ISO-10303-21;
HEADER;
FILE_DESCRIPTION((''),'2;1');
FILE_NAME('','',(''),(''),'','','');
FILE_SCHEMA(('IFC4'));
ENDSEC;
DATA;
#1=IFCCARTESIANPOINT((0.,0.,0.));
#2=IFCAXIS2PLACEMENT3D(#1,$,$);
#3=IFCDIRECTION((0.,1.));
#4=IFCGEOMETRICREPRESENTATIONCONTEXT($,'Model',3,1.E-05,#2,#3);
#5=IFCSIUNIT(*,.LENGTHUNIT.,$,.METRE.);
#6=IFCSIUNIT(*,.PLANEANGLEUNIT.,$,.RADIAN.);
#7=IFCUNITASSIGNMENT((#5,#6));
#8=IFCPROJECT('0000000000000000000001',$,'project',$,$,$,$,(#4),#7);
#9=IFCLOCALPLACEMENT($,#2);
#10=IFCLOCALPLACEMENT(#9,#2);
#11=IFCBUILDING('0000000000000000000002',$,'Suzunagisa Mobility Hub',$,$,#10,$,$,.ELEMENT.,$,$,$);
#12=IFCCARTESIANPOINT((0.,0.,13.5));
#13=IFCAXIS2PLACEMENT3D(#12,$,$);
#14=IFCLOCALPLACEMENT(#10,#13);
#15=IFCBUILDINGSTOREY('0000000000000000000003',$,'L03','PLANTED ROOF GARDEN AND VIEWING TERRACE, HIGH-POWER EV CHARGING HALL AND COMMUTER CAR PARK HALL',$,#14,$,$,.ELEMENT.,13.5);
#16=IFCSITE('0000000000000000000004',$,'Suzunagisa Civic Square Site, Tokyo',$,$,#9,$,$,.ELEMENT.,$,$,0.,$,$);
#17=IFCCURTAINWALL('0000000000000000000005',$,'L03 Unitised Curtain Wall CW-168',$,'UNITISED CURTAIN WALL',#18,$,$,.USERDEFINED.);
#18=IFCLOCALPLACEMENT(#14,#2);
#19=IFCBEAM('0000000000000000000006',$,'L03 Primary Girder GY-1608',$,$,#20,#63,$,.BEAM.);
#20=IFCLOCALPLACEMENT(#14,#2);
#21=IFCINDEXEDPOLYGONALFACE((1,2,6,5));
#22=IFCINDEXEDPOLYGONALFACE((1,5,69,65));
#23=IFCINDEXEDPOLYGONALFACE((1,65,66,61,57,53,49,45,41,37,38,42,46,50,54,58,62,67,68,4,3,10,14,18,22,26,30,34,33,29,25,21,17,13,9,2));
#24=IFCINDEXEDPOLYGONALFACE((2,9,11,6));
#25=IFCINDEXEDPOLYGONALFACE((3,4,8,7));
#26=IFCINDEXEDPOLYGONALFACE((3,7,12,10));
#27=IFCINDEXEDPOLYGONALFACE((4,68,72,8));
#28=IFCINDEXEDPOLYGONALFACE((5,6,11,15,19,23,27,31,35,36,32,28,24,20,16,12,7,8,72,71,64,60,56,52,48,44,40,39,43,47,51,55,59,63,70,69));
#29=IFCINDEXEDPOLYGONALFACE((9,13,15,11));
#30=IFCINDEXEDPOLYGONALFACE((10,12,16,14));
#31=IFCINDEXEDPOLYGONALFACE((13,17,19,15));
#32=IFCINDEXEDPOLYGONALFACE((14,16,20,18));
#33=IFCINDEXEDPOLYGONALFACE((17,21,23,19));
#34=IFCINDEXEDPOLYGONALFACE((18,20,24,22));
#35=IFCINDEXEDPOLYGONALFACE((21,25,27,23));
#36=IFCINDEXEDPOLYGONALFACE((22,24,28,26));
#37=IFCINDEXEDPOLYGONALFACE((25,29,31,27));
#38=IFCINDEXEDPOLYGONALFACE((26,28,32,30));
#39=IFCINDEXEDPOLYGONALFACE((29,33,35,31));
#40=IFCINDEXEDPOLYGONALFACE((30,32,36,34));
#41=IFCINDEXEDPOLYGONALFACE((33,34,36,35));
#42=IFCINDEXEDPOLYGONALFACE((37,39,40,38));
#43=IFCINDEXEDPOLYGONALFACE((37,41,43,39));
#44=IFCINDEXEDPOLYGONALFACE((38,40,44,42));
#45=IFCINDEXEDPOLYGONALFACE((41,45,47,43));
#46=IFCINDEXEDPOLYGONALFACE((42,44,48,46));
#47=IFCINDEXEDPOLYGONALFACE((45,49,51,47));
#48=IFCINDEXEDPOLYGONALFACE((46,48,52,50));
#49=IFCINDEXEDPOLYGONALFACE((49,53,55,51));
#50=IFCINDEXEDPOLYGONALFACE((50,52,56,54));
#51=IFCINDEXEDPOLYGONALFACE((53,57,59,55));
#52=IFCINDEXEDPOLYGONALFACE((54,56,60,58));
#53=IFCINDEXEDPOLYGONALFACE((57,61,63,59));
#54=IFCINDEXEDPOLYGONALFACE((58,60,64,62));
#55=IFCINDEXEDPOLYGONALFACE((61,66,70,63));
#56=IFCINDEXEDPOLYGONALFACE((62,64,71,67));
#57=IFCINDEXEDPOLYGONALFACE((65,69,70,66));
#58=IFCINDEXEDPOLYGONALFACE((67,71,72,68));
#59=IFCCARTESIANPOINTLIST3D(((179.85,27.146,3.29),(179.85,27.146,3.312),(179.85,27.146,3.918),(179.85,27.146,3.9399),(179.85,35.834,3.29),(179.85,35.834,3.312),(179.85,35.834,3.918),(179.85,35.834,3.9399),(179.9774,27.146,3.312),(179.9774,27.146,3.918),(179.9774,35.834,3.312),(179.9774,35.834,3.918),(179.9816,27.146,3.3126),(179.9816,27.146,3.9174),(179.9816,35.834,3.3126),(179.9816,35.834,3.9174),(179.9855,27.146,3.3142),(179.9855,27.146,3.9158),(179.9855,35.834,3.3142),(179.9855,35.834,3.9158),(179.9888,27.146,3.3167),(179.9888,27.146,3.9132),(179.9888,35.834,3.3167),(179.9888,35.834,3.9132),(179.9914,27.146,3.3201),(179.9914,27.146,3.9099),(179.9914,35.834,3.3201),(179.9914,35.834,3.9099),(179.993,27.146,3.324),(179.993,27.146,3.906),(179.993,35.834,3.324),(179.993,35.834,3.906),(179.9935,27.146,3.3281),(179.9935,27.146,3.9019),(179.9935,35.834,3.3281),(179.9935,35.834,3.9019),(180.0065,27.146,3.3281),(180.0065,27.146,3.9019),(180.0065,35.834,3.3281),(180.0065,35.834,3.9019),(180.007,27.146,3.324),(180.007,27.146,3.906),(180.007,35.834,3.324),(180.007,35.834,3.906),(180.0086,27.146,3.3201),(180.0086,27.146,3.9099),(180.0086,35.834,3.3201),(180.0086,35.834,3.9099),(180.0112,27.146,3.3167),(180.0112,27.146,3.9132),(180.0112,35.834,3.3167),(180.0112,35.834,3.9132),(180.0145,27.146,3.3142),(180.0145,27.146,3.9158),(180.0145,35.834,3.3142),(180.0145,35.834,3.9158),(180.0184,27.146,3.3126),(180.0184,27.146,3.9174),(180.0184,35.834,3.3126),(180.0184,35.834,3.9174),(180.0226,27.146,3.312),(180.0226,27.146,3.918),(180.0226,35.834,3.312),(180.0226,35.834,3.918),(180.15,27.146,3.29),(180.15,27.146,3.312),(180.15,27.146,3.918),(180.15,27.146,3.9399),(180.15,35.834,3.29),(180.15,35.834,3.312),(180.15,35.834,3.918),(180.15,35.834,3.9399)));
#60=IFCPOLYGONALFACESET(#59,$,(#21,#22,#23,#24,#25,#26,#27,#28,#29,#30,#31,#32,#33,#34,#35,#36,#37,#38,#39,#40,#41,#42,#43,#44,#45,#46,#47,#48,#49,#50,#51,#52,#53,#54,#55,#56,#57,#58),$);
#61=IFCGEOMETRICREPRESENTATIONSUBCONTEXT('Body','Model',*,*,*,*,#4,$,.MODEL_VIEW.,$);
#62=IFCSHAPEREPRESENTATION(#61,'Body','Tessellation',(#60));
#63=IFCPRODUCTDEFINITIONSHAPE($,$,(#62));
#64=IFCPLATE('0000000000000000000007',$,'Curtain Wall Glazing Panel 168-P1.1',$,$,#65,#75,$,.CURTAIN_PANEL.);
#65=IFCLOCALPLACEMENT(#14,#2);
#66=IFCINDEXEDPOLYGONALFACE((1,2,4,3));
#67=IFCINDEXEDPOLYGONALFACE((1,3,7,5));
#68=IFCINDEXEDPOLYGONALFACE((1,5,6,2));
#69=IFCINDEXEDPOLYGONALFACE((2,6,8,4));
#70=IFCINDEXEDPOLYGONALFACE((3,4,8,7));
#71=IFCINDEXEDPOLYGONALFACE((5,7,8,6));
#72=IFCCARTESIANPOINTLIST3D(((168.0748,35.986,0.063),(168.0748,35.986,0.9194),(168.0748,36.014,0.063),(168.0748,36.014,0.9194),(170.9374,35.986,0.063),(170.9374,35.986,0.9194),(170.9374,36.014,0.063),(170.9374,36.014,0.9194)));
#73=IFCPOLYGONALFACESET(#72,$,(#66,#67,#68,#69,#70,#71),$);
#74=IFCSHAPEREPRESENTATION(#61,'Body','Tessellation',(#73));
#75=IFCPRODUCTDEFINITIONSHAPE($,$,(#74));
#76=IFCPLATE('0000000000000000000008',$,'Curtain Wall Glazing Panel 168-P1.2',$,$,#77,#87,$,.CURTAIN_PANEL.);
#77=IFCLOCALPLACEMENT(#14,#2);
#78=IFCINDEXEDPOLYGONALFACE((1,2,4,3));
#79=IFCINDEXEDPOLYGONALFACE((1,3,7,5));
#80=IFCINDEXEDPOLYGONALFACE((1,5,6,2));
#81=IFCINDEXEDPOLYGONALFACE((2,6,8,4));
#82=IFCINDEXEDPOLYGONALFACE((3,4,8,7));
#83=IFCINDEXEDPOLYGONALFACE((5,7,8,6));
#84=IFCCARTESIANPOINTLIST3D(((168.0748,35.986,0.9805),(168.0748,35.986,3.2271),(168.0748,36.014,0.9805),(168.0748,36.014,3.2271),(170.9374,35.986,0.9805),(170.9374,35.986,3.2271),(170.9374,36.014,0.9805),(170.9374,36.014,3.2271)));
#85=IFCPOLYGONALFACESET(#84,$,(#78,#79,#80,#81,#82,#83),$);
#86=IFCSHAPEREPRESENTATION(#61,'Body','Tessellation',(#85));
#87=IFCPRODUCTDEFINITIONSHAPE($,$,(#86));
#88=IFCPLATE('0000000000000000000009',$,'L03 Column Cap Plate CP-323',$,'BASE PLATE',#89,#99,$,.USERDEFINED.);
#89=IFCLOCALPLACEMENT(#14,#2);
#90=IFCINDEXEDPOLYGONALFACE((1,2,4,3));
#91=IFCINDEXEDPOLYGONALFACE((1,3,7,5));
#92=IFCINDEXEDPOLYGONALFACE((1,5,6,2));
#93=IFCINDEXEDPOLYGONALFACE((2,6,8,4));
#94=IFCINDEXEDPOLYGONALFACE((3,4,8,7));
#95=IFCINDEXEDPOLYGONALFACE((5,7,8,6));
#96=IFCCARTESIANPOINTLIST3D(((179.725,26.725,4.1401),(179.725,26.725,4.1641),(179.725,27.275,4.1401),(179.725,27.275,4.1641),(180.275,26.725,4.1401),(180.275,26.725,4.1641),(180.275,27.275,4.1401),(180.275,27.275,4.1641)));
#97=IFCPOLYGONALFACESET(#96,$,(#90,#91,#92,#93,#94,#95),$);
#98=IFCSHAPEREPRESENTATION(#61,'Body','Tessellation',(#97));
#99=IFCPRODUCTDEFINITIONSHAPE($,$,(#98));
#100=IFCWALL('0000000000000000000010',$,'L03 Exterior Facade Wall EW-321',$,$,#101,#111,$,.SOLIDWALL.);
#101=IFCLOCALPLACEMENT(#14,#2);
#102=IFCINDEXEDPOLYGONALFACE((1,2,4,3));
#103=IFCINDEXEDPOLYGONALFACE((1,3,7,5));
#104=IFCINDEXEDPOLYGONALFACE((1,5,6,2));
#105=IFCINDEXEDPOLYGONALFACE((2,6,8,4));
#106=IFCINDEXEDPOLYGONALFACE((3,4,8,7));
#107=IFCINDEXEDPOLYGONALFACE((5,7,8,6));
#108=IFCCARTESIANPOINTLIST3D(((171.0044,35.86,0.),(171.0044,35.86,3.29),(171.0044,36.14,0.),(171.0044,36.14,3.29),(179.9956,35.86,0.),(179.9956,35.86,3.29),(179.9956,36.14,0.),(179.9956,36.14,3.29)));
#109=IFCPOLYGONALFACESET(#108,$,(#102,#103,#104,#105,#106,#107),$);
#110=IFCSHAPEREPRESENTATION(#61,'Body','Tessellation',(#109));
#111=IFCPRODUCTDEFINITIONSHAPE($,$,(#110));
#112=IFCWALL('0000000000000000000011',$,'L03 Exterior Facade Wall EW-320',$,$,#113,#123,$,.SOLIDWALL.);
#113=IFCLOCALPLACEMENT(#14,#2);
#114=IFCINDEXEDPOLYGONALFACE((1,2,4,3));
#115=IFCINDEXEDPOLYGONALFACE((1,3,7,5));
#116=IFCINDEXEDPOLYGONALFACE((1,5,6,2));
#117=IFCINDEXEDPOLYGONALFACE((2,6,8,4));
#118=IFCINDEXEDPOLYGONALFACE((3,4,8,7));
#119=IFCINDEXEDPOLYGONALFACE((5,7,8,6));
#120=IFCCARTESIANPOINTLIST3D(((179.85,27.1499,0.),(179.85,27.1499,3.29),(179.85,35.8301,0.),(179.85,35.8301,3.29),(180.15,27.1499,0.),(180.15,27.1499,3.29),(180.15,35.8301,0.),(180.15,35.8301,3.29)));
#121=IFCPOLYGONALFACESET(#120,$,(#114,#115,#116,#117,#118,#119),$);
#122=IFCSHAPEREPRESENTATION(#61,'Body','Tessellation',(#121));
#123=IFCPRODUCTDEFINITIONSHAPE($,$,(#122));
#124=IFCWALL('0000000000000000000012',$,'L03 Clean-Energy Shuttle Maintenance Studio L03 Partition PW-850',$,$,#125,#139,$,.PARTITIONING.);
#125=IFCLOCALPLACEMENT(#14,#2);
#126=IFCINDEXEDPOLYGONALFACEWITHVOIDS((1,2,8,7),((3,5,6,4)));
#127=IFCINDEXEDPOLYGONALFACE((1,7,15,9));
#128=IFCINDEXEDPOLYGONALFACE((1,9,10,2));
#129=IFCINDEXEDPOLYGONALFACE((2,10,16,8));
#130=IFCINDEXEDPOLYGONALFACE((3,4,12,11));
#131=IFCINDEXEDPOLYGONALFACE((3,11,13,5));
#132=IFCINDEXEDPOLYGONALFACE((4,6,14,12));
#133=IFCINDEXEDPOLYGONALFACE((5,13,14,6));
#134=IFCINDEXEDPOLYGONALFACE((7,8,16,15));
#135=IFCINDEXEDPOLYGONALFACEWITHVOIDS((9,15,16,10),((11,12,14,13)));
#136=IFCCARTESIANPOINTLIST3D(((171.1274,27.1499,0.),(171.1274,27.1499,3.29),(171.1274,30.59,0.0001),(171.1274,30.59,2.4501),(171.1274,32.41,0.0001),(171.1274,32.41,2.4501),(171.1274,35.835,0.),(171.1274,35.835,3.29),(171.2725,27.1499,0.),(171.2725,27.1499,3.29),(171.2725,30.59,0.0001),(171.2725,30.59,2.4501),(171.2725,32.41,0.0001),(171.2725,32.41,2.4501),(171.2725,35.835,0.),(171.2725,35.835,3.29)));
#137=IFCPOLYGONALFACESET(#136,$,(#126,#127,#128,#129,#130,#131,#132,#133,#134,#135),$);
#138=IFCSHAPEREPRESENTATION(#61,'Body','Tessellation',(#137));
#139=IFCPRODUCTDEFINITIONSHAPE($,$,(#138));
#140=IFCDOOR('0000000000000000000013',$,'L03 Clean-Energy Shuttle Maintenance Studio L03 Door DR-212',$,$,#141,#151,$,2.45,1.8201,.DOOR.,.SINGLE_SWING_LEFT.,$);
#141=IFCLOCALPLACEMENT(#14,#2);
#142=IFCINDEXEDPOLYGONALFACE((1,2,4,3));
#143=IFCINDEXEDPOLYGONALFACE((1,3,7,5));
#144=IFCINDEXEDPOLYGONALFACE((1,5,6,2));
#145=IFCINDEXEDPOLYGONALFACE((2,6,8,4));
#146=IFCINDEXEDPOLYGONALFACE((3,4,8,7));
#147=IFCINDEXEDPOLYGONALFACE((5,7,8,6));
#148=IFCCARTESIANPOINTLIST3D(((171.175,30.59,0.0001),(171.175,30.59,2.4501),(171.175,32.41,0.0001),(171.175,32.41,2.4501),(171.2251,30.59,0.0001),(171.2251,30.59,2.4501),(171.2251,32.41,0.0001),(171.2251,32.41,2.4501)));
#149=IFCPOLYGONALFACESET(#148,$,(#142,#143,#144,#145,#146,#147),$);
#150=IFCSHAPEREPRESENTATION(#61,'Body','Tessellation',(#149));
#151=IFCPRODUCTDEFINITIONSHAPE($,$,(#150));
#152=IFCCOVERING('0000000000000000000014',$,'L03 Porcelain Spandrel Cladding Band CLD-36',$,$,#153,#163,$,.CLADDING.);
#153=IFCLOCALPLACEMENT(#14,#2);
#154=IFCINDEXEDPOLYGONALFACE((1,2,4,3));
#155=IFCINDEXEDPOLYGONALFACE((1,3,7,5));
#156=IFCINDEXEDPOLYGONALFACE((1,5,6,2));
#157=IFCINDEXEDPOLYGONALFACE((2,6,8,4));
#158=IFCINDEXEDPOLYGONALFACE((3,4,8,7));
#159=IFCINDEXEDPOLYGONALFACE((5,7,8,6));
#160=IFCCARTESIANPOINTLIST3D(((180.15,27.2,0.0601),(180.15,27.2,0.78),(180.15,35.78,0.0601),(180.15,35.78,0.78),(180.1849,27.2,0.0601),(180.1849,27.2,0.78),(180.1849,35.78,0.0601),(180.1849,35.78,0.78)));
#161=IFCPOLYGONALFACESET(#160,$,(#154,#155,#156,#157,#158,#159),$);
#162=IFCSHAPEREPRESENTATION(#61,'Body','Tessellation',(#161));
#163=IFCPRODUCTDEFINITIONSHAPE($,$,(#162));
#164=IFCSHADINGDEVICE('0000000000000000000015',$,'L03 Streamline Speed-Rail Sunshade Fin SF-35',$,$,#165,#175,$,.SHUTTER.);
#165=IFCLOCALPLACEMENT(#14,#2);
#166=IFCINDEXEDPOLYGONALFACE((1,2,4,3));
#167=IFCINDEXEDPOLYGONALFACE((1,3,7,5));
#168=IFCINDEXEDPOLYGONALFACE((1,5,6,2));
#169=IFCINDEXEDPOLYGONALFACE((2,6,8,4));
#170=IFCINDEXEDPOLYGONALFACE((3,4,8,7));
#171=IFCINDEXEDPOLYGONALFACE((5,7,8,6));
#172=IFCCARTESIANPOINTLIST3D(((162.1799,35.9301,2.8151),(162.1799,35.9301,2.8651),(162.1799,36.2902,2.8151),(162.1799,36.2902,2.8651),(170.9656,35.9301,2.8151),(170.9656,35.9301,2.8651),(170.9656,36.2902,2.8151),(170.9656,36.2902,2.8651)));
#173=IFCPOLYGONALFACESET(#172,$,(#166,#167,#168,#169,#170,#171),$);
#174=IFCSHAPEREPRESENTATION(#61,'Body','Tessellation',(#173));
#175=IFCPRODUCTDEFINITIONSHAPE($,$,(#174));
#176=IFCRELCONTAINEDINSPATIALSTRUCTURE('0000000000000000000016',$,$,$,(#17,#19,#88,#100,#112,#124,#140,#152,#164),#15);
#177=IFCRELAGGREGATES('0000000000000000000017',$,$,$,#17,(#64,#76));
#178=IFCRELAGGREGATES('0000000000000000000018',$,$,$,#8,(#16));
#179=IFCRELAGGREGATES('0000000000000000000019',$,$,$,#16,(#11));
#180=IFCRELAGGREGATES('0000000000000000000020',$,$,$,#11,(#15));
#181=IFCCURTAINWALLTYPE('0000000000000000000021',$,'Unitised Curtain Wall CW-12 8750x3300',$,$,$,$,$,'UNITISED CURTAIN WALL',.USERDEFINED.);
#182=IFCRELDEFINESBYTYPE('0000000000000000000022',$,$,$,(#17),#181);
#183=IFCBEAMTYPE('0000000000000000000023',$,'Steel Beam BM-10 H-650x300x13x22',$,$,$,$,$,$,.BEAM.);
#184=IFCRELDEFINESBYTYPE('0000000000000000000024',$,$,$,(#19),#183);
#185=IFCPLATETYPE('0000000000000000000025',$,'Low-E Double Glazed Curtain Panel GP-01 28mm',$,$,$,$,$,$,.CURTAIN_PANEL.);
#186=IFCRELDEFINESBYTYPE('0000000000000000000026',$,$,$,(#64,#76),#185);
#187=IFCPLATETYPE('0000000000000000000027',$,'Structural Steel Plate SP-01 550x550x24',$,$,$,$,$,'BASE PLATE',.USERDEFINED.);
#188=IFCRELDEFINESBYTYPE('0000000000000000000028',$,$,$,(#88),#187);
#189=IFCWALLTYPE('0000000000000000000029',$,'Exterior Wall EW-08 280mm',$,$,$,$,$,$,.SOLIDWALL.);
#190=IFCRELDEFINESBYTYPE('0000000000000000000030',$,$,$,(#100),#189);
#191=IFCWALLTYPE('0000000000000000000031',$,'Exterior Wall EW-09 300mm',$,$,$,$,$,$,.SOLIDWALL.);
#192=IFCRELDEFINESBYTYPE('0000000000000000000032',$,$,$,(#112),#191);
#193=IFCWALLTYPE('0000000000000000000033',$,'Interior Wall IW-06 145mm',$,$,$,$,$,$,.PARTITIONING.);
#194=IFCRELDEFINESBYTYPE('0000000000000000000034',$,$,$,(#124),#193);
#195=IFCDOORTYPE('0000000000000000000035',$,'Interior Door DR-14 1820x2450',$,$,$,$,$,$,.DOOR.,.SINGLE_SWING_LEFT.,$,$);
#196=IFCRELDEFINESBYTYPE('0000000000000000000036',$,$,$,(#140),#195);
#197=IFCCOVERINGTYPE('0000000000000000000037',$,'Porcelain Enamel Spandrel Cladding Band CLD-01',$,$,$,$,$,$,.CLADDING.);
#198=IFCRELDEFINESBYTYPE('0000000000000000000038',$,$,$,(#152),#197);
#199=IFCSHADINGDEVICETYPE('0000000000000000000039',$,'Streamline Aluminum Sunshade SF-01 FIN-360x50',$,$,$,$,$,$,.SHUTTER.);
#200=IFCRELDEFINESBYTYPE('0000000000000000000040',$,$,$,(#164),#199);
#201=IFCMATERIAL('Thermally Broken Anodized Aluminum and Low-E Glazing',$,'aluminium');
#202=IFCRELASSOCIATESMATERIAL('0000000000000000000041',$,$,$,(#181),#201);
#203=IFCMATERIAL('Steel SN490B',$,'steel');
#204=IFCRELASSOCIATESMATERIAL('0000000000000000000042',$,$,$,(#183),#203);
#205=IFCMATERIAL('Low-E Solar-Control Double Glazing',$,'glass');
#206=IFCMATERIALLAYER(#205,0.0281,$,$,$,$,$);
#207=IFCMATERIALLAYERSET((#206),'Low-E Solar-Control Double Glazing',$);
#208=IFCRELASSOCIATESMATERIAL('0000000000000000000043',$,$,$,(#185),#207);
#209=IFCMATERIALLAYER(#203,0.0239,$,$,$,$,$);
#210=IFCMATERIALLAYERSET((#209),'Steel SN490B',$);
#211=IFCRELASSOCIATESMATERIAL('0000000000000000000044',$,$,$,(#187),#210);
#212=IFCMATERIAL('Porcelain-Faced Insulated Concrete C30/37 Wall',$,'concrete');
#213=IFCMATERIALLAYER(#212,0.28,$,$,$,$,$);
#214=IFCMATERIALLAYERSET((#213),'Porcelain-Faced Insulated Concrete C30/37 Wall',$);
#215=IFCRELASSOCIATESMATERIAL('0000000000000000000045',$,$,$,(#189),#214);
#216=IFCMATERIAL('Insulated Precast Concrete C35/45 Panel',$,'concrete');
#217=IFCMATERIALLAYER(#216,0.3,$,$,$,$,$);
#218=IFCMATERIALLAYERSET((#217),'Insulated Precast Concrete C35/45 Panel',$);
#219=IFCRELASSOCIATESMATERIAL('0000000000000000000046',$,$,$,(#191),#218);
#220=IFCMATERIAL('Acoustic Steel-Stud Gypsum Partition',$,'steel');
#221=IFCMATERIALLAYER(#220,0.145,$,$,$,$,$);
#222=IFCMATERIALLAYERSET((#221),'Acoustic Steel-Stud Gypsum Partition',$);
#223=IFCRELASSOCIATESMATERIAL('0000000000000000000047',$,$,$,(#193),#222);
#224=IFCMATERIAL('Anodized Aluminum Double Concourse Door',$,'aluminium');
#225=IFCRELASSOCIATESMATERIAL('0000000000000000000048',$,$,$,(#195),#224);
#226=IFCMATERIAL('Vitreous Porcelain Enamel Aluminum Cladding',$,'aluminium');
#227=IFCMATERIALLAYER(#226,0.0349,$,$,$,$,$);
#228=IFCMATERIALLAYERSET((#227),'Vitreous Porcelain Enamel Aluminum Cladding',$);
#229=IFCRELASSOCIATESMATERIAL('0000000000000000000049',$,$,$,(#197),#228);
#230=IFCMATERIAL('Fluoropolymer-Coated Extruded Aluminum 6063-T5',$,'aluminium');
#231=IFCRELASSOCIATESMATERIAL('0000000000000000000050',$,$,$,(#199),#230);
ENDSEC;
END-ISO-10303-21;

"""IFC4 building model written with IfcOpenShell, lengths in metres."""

from ifc_helpers import new_model, si_unit, direction, frame, frame_2d, origin, origin_2d, place, context, subcontext, project, spatial, rectangle, i_section, extrude, material, layer, layer_set, material_profile, profile_set, type_object, element, fill, aggregate, save


model = new_model("IFC4")

# Units and contexts
model_context = context("Model", 3, precision=1e-05, world=origin(), true_north=direction((0.0, 1.0)))
body_context = subcontext(model_context, "Body", "Model", "MODEL_VIEW")
ifc_project = project(units=[si_unit("LENGTHUNIT", "METRE"), si_unit("PLANEANGLEUNIT", "RADIAN")], contexts=[model_context])

# Site, building, storey
site_placement = place(None, origin())
site = spatial("IfcSite", under=ifc_project, at=site_placement, Name="Suzunagisa Civic Square Site, Tokyo", CompositionType="ELEMENT", RefElevation=0.0)
building_placement = place(site_placement, origin())
building = spatial("IfcBuilding", under=site, at=building_placement, Name="Suzunagisa Mobility Hub", CompositionType="ELEMENT")
storey_placement = place(building_placement, frame((0.0, 0.0, 13.5)))
storey = spatial("IfcBuildingStorey", under=building, at=storey_placement, Name="L03", Description="PLANTED ROOF GARDEN AND VIEWING TERRACE, HIGH-POWER EV CHARGING HALL AND COMMUTER CAR PARK HALL", CompositionType="ELEMENT", Elevation=13.5)

# Shared definitions
ifc_material_1 = material(Name="Steel SN490B", Category="steel")

# Curtain wall
ifc_material_2 = material(Name="Thermally Broken Anodized Aluminum and Low-E Glazing", Category="aluminium")
curtain_wall_type = type_object("IfcCurtainWallType", Name="Unitised Curtain Wall CW-12 8750x3300", ElementType="UNITISED CURTAIN WALL", PredefinedType="USERDEFINED", material=ifc_material_2)
curtain_wall_placement = place(storey_placement, origin())
curtain_wall = element("IfcCurtainWall", 1, at=curtain_wall_placement, inside=storey, type_object=curtain_wall_type, Name="L03 Unitised Curtain Wall CW-168", ObjectType="UNITISED CURTAIN WALL", PredefinedType="USERDEFINED")

# Beam
ifc_material_profile_1 = material_profile(ifc_material_1, i_section(OverallWidth=0.3, OverallDepth=0.6499, WebThickness=0.0129, FlangeThickness=0.022, FilletRadius=0.0161, at=origin_2d()), Name="H-650x300x13x22")
ifc_profile_set_1 = profile_set([ifc_material_profile_1], Name="Steel SN490B")
beam_type_1 = type_object("IfcBeamType", Name="Steel Beam BM-10 H-650x300x13x22", PredefinedType="BEAM", material=ifc_profile_set_1)
for number, where, z_axis, x_axis, name in (
    (2, (180.0, 27.146, 3.615), (0.0, 1.0, 0.0), (-1.0, 0.0, 0.0), "L03 Primary Girder GY-1608"),
):
    element("IfcBeam", number, at=place(storey_placement, frame(where, z_axis=z_axis, x_axis=x_axis)), inside=storey, type_object=beam_type_1, Name=name, PredefinedType="BEAM", context=body_context, shape_type="SweptSolid", body=[
        extrude(i_section(OverallWidth=0.3, OverallDepth=0.6499, WebThickness=0.0129, FlangeThickness=0.022, FilletRadius=0.0161, at=origin_2d()), origin(), (0.0, 0.0, 1.0), 8.688),
    ])

# Plates
ifc_material_3 = material(Name="Low-E Solar-Control Double Glazing", Category="glass")
ifc_layer_1 = layer(ifc_material_3, 0.0281)
ifc_layer_set_1 = layer_set([ifc_layer_1], Name="Low-E Solar-Control Double Glazing")
plate_type_1 = type_object("IfcPlateType", Name="Low-E Double Glazed Curtain Panel GP-01 28mm", PredefinedType="CURTAIN_PANEL", material=ifc_layer_set_1)
plate_1_placement = place(storey_placement, frame((169.5061, 36.0, 0.063), z_axis=(0.0, 0.0, 1.0), x_axis=(-1.0, 0.0, 0.0)))
plate_1 = element("IfcPlate", 3, at=plate_1_placement, type_object=plate_type_1, Name="Curtain Wall Glazing Panel 168-P1.1", PredefinedType="CURTAIN_PANEL", context=body_context, shape_type="SweptSolid", body=[
    extrude(rectangle(XDim=2.8625, YDim=0.0281, at=origin_2d()), origin(), (0.0, 0.0, 1.0), 0.8564),
])
plate_2_placement = place(storey_placement, frame((169.5061, 36.0, 0.9805), z_axis=(0.0, 0.0, 1.0), x_axis=(-1.0, 0.0, 0.0)))
plate_2 = element("IfcPlate", 4, at=plate_2_placement, type_object=plate_type_1, Name="Curtain Wall Glazing Panel 168-P1.2", PredefinedType="CURTAIN_PANEL", context=body_context, shape_type="SweptSolid", body=[
    extrude(rectangle(XDim=2.8625, YDim=0.0281, at=origin_2d()), origin(), (0.0, 0.0, 1.0), 2.2466),
])
aggregate(curtain_wall, [plate_1, plate_2])
ifc_layer_2 = layer(ifc_material_1, 0.0239)
ifc_layer_set_2 = layer_set([ifc_layer_2], Name="Steel SN490B")
plate_type_2 = type_object("IfcPlateType", Name="Structural Steel Plate SP-01 550x550x24", ElementType="BASE PLATE", PredefinedType="USERDEFINED", material=ifc_layer_set_2)
plate_3_placement = place(storey_placement, frame((180.0, 27.0, 4.1401), z_axis=(0.0, 0.0, 1.0), x_axis=(1.0, 0.0, 0.0)))
element("IfcPlate", 5, at=plate_3_placement, inside=storey, type_object=plate_type_2, Name="L03 Column Cap Plate CP-323", ObjectType="BASE PLATE", PredefinedType="USERDEFINED", context=body_context, shape_type="SweptSolid", body=[
    extrude(rectangle(XDim=0.55, YDim=0.55, at=origin_2d()), origin(), (0.0, 0.0, 1.0), 0.0239),
])

# Walls
ifc_material_4 = material(Name="Porcelain-Faced Insulated Concrete C30/37 Wall", Category="concrete")
ifc_layer_3 = layer(ifc_material_4, 0.28)
ifc_layer_set_3 = layer_set([ifc_layer_3], Name="Porcelain-Faced Insulated Concrete C30/37 Wall")
wall_type_1 = type_object("IfcWallType", Name="Exterior Wall EW-08 280mm", PredefinedType="SOLIDWALL", material=ifc_layer_set_3)
wall_1_placement = place(storey_placement, frame((179.9956, 36.0, 0.0), z_axis=(0.0, 0.0, 1.0), x_axis=(-1.0, 0.0, 0.0)))
element("IfcWall", 6, at=wall_1_placement, inside=storey, type_object=wall_type_1, Name="L03 Exterior Facade Wall EW-321", PredefinedType="SOLIDWALL", context=body_context, shape_type="SweptSolid", body=[
    extrude(rectangle(XDim=8.9912, YDim=0.28, at=frame_2d((4.4956, 0.0))), origin(), (0.0, 0.0, 1.0), 3.29),
])
ifc_material_5 = material(Name="Insulated Precast Concrete C35/45 Panel", Category="concrete")
ifc_layer_4 = layer(ifc_material_5, 0.3)
ifc_layer_set_4 = layer_set([ifc_layer_4], Name="Insulated Precast Concrete C35/45 Panel")
wall_type_2 = type_object("IfcWallType", Name="Exterior Wall EW-09 300mm", PredefinedType="SOLIDWALL", material=ifc_layer_set_4)
wall_2_placement = place(storey_placement, frame((180.0, 27.1499, 0.0), z_axis=(0.0, 0.0, 1.0), x_axis=(0.0, 1.0, 0.0)))
element("IfcWall", 7, at=wall_2_placement, inside=storey, type_object=wall_type_2, Name="L03 Exterior Facade Wall EW-320", PredefinedType="SOLIDWALL", context=body_context, shape_type="SweptSolid", body=[
    extrude(rectangle(XDim=8.6802, YDim=0.3, at=frame_2d((4.3401, 0.0))), origin(), (0.0, 0.0, 1.0), 3.29),
])

# Wall, opening, door
ifc_material_6 = material(Name="Acoustic Steel-Stud Gypsum Partition", Category="steel")
ifc_layer_5 = layer(ifc_material_6, 0.145)
ifc_layer_set_5 = layer_set([ifc_layer_5], Name="Acoustic Steel-Stud Gypsum Partition")
wall_type_3 = type_object("IfcWallType", Name="Interior Wall IW-06 145mm", PredefinedType="PARTITIONING", material=ifc_layer_set_5)
wall_3_placement = place(storey_placement, frame((171.2, 27.1499, 0.0), z_axis=(0.0, 0.0, 1.0), x_axis=(0.0, 1.0, 0.0)))
wall_3 = element("IfcWall", 8, at=wall_3_placement, inside=storey, type_object=wall_type_3, Name="L03 Clean-Energy Shuttle Maintenance Studio L03 Partition PW-850", PredefinedType="PARTITIONING", context=body_context, shape_type="SweptSolid", body=[
    extrude(rectangle(XDim=8.6851, YDim=0.145, at=frame_2d((4.3425, 0.0))), origin(), (0.0, 0.0, 1.0), 3.29),
])
opening_placement = place(wall_3_placement, frame((3.4399, 0.0, 0.0)))
opening = element("IfcOpeningElement", 9, at=opening_placement, cuts=wall_3, PredefinedType="OPENING", context=body_context, shape_type="SweptSolid", body=[
    extrude(rectangle(XDim=1.8201, YDim=2.45, at=frame_2d((0.9102, 1.2251))), frame((0.0, 0.0835, 0.0), z_axis=(0.0, -1.0, 0.0), x_axis=(1.0, 0.0, 0.0)), (0.0, 0.0, 1.0), 0.167),
])
ifc_material_7 = material(Name="Anodized Aluminum Double Concourse Door", Category="aluminium")
door_type = type_object("IfcDoorType", Name="Interior Door DR-14 1820x2450", OperationType="SINGLE_SWING_LEFT", PredefinedType="DOOR", material=ifc_material_7)
door_placement = place(opening_placement, origin())
door = element("IfcDoor", 10, at=door_placement, inside=storey, type_object=door_type, Name="L03 Clean-Energy Shuttle Maintenance Studio L03 Door DR-212", OperationType="SINGLE_SWING_LEFT", OverallHeight=2.45, OverallWidth=1.8201, PredefinedType="DOOR", context=body_context, shape_type="SweptSolid", body=[
    extrude(rectangle(XDim=1.8201, YDim=2.45, at=frame_2d((0.9102, 1.2251))), frame((0.0, 0.0249, 0.0), z_axis=(0.0, -1.0, 0.0), x_axis=(1.0, 0.0, 0.0)), (0.0, 0.0, 1.0), 0.05),
])
fill(opening, door)

# Covering
ifc_material_8 = material(Name="Vitreous Porcelain Enamel Aluminum Cladding", Category="aluminium")
ifc_layer_6 = layer(ifc_material_8, 0.0349)
ifc_layer_set_6 = layer_set([ifc_layer_6], Name="Vitreous Porcelain Enamel Aluminum Cladding")
covering_type = type_object("IfcCoveringType", Name="Porcelain Enamel Spandrel Cladding Band CLD-01", PredefinedType="CLADDING", material=ifc_layer_set_6)
covering_placement = place(storey_placement, frame((180.1675, 31.49, 0.0601), z_axis=(0.0, 0.0, 1.0), x_axis=(0.0, 1.0, 0.0)))
element("IfcCovering", 11, at=covering_placement, inside=storey, type_object=covering_type, Name="L03 Porcelain Spandrel Cladding Band CLD-36", PredefinedType="CLADDING", context=body_context, shape_type="SweptSolid", body=[
    extrude(rectangle(XDim=8.5801, YDim=0.0349, at=origin_2d()), origin(), (0.0, 0.0, 1.0), 0.72),
])

# Shading device
ifc_material_9 = material(Name="Fluoropolymer-Coated Extruded Aluminum 6063-T5", Category="aluminium")
ifc_material_profile_2 = material_profile(ifc_material_9, rectangle(XDim=0.3601, YDim=0.05, at=origin_2d()), Name="FIN-360x50")
ifc_profile_set_2 = profile_set([ifc_material_profile_2], Name="Fluoropolymer-Coated Extruded Aluminum 6063-T5")
shading_device_type = type_object("IfcShadingDeviceType", Name="Streamline Aluminum Sunshade SF-01 FIN-360x50", PredefinedType="SHUTTER", material=ifc_profile_set_2)
shading_device_placement = place(storey_placement, frame((170.9656, 36.1101, 2.8401), z_axis=(-1.0, 0.0, 0.0), x_axis=(0.0, -1.0, 0.0)))
element("IfcShadingDevice", 12, at=shading_device_placement, inside=storey, type_object=shading_device_type, Name="L03 Streamline Speed-Rail Sunshade Fin SF-35", PredefinedType="SHUTTER", context=body_context, shape_type="SweptSolid", body=[
    extrude(rectangle(XDim=0.3601, YDim=0.05, at=origin_2d()), origin(), (0.0, 0.0, 1.0), 8.7856),
])

save(model, "model.ifc")
